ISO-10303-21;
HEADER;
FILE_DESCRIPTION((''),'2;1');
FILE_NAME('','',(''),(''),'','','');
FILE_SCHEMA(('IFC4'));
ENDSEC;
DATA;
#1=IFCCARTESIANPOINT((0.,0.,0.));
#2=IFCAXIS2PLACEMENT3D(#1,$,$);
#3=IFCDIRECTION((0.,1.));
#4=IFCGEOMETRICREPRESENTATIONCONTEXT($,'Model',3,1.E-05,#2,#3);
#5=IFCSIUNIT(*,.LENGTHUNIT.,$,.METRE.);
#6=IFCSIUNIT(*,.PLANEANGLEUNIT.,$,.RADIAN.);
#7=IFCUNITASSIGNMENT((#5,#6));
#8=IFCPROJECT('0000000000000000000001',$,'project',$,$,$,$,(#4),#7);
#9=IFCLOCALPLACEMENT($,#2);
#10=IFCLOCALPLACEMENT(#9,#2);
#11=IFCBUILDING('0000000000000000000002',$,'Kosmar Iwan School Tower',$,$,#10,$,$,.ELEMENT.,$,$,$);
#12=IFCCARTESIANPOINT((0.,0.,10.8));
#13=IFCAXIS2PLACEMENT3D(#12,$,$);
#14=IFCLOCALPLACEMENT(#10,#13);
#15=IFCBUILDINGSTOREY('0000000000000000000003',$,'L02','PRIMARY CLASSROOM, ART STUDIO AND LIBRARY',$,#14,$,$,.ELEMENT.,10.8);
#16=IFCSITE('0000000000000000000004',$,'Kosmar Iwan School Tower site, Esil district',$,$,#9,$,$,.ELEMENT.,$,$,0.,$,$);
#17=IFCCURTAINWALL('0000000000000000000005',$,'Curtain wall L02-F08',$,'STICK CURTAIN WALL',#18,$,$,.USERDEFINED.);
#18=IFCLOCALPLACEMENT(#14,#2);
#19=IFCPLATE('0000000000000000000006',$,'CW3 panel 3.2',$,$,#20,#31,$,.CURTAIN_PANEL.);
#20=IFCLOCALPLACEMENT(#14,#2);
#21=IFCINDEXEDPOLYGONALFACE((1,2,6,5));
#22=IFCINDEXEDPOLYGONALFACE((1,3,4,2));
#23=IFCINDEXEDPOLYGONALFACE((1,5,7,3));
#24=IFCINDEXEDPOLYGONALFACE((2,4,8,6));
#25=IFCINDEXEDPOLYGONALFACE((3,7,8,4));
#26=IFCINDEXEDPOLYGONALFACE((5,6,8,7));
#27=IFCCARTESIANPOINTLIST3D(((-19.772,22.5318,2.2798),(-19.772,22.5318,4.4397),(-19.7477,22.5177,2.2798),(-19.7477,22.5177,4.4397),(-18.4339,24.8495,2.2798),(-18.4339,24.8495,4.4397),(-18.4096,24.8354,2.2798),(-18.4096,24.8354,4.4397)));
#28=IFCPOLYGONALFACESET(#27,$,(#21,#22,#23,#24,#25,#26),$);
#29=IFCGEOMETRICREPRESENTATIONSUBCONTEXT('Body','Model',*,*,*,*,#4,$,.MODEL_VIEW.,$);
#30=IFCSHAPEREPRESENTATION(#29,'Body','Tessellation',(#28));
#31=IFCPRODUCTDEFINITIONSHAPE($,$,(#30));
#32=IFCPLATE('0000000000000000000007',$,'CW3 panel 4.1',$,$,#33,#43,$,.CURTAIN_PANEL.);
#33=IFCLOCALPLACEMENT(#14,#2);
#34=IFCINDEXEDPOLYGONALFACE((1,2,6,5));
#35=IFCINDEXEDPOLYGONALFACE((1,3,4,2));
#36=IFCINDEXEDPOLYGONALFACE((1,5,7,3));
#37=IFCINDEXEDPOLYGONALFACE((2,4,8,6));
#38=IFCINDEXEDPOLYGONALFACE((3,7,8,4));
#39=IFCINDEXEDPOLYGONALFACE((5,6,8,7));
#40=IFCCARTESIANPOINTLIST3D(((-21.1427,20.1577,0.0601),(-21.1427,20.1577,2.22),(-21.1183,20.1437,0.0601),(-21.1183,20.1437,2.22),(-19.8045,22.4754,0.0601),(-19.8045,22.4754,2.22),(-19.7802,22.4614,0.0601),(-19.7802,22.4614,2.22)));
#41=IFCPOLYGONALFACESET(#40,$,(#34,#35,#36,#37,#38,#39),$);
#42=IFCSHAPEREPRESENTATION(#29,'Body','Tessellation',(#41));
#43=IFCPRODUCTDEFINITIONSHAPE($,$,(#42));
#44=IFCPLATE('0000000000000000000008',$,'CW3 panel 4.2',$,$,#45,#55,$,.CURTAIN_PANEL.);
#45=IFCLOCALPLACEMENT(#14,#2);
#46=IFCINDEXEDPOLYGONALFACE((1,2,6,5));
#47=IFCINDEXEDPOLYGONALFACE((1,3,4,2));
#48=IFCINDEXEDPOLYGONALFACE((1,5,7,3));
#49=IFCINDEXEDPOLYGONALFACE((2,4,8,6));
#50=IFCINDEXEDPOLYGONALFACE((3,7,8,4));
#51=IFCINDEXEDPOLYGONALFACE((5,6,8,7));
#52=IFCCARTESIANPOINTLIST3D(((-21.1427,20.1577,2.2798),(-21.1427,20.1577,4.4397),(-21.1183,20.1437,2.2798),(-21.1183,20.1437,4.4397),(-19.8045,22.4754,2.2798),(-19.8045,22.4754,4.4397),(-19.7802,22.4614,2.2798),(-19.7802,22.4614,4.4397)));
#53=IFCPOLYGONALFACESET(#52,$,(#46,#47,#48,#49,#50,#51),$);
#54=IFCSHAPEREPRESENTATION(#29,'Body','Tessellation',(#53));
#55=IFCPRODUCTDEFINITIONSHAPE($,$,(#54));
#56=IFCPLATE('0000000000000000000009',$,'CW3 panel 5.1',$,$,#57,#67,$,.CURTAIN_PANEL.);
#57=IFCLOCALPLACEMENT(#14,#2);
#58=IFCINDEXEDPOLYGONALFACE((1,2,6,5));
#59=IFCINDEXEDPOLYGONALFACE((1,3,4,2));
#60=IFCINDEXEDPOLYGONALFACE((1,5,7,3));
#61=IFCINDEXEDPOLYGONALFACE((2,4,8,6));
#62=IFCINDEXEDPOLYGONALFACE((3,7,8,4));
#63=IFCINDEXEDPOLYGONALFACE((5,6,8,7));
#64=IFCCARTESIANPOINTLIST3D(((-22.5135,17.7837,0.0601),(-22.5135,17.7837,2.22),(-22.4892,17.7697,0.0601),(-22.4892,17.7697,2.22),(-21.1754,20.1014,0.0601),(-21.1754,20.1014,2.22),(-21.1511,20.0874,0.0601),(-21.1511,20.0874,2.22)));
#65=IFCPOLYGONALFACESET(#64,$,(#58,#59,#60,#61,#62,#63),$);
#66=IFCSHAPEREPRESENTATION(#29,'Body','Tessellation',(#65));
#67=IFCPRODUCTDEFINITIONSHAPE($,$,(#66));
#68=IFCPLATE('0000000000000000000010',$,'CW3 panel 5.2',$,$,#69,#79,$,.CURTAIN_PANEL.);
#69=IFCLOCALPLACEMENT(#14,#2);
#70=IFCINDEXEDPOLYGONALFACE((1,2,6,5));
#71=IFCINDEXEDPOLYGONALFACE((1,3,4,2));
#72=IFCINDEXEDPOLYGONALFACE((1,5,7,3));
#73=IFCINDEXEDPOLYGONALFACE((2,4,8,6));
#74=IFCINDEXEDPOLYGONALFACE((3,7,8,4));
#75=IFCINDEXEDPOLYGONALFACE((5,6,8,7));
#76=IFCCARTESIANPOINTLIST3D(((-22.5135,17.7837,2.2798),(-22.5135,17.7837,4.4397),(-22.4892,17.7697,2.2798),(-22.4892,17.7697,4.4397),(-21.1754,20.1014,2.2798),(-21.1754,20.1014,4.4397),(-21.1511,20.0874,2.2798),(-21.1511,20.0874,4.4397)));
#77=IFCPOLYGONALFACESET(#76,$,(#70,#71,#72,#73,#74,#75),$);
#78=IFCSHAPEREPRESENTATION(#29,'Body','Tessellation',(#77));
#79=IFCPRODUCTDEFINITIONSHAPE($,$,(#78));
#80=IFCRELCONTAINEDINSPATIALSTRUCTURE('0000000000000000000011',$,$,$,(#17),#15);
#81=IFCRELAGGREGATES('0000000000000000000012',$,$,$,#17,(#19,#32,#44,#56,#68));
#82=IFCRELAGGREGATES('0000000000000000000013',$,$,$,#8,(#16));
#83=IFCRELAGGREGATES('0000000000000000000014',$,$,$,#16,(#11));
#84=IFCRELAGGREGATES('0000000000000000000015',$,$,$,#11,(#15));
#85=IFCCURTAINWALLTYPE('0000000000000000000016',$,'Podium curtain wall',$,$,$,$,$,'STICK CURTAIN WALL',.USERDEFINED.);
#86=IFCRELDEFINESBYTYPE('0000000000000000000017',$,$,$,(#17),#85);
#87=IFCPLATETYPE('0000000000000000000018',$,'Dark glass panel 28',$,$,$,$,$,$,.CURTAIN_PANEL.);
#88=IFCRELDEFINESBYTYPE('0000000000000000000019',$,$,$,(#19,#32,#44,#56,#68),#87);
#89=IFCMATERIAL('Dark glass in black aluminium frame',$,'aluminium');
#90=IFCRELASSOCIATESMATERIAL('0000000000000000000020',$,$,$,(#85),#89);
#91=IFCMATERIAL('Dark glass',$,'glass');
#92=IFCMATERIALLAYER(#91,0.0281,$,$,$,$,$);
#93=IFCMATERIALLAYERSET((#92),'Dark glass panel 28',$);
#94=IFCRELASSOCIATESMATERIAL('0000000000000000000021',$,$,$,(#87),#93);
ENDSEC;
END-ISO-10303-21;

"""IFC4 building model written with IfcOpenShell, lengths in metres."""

from ifc_helpers import new_model, si_unit, direction, frame, origin, origin_2d, place, context, subcontext, project, spatial, rectangle, extrude, material, layer, layer_set, type_object, element, aggregate, save


model = new_model("IFC4")

# Units and contexts
model_context = context("Model", 3, precision=1e-05, world=origin(), true_north=direction((0.0, 1.0)))
body_context = subcontext(model_context, "Body", "Model", "MODEL_VIEW")
ifc_project = project(units=[si_unit("LENGTHUNIT", "METRE"), si_unit("PLANEANGLEUNIT", "RADIAN")], contexts=[model_context])

# Site, building, storey
site_placement = place(None, origin())
site = spatial("IfcSite", under=ifc_project, at=site_placement, Name="Kosmar Iwan School Tower site, Esil district", CompositionType="ELEMENT", RefElevation=0.0)
building_placement = place(site_placement, origin())
building = spatial("IfcBuilding", under=site, at=building_placement, Name="Kosmar Iwan School Tower", CompositionType="ELEMENT")
storey_placement = place(building_placement, frame((0.0, 0.0, 10.8)))
storey = spatial("IfcBuildingStorey", under=building, at=storey_placement, Name="L02", Description="PRIMARY CLASSROOM, ART STUDIO AND LIBRARY", CompositionType="ELEMENT", Elevation=10.8)

# Curtain wall, plates
ifc_material_1 = material(Name="Dark glass in black aluminium frame", Category="aluminium")
curtain_wall_type = type_object("IfcCurtainWallType", Name="Podium curtain wall", ElementType="STICK CURTAIN WALL", PredefinedType="USERDEFINED", material=ifc_material_1)
curtain_wall_placement = place(storey_placement, origin())
curtain_wall = element("IfcCurtainWall", 1, at=curtain_wall_placement, inside=storey, type_object=curtain_wall_type, Name="Curtain wall L02-F08", ObjectType="STICK CURTAIN WALL", PredefinedType="USERDEFINED")
ifc_material_2 = material(Name="Dark glass", Category="glass")
ifc_layer = layer(ifc_material_2, 0.0281)
ifc_layer_set = layer_set([ifc_layer], Name="Dark glass panel 28")
plate_type = type_object("IfcPlateType", Name="Dark glass panel 28", PredefinedType="CURTAIN_PANEL", material=ifc_layer_set)
plate_1_placement = place(storey_placement, frame((-19.0908, 23.6836, 2.2798), z_axis=(0.0, 0.0, 1.0), x_axis=(-0.5, -0.866025, 0.0)))
plate_1 = element("IfcPlate", 2, at=plate_1_placement, type_object=plate_type, Name="CW3 panel 3.2", PredefinedType="CURTAIN_PANEL", context=body_context, shape_type="SweptSolid", body=[
    extrude(rectangle(XDim=2.6763, YDim=0.0281, at=origin_2d()), origin(), (0.0, 0.0, 1.0), 2.1599),
])
plate_2_placement = place(storey_placement, frame((-20.4614, 21.3096, 0.0601), z_axis=(0.0, 0.0, 1.0), x_axis=(-0.5, -0.866025, 0.0)))
plate_2 = element("IfcPlate", 3, at=plate_2_placement, type_object=plate_type, Name="CW3 panel 4.1", PredefinedType="CURTAIN_PANEL", context=body_context, shape_type="SweptSolid", body=[
    extrude(rectangle(XDim=2.6763, YDim=0.0281, at=origin_2d()), origin(), (0.0, 0.0, 1.0), 2.1599),
])
plate_3_placement = place(storey_placement, frame((-20.4614, 21.3096, 2.2798), z_axis=(0.0, 0.0, 1.0), x_axis=(-0.5, -0.866025, 0.0)))
plate_3 = element("IfcPlate", 4, at=plate_3_placement, type_object=plate_type, Name="CW3 panel 4.2", PredefinedType="CURTAIN_PANEL", context=body_context, shape_type="SweptSolid", body=[
    extrude(rectangle(XDim=2.6763, YDim=0.0281, at=origin_2d()), origin(), (0.0, 0.0, 1.0), 2.1599),
])
plate_4_placement = place(storey_placement, frame((-21.8323, 18.9355, 0.0601), z_axis=(0.0, 0.0, 1.0), x_axis=(-0.5, -0.866025, 0.0)))
plate_4 = element("IfcPlate", 5, at=plate_4_placement, type_object=plate_type, Name="CW3 panel 5.1", PredefinedType="CURTAIN_PANEL", context=body_context, shape_type="SweptSolid", body=[
    extrude(rectangle(XDim=2.6763, YDim=0.0281, at=origin_2d()), origin(), (0.0, 0.0, 1.0), 2.1599),
])
plate_5_placement = place(storey_placement, frame((-21.8323, 18.9355, 2.2798), z_axis=(0.0, 0.0, 1.0), x_axis=(-0.5, -0.866025, 0.0)))
plate_5 = element("IfcPlate", 6, at=plate_5_placement, type_object=plate_type, Name="CW3 panel 5.2", PredefinedType="CURTAIN_PANEL", context=body_context, shape_type="SweptSolid", body=[
    extrude(rectangle(XDim=2.6763, YDim=0.0281, at=origin_2d()), origin(), (0.0, 0.0, 1.0), 2.1599),
])
aggregate(curtain_wall, [plate_1, plate_2, plate_3, plate_4, plate_5])

save(model, "model.ifc")
